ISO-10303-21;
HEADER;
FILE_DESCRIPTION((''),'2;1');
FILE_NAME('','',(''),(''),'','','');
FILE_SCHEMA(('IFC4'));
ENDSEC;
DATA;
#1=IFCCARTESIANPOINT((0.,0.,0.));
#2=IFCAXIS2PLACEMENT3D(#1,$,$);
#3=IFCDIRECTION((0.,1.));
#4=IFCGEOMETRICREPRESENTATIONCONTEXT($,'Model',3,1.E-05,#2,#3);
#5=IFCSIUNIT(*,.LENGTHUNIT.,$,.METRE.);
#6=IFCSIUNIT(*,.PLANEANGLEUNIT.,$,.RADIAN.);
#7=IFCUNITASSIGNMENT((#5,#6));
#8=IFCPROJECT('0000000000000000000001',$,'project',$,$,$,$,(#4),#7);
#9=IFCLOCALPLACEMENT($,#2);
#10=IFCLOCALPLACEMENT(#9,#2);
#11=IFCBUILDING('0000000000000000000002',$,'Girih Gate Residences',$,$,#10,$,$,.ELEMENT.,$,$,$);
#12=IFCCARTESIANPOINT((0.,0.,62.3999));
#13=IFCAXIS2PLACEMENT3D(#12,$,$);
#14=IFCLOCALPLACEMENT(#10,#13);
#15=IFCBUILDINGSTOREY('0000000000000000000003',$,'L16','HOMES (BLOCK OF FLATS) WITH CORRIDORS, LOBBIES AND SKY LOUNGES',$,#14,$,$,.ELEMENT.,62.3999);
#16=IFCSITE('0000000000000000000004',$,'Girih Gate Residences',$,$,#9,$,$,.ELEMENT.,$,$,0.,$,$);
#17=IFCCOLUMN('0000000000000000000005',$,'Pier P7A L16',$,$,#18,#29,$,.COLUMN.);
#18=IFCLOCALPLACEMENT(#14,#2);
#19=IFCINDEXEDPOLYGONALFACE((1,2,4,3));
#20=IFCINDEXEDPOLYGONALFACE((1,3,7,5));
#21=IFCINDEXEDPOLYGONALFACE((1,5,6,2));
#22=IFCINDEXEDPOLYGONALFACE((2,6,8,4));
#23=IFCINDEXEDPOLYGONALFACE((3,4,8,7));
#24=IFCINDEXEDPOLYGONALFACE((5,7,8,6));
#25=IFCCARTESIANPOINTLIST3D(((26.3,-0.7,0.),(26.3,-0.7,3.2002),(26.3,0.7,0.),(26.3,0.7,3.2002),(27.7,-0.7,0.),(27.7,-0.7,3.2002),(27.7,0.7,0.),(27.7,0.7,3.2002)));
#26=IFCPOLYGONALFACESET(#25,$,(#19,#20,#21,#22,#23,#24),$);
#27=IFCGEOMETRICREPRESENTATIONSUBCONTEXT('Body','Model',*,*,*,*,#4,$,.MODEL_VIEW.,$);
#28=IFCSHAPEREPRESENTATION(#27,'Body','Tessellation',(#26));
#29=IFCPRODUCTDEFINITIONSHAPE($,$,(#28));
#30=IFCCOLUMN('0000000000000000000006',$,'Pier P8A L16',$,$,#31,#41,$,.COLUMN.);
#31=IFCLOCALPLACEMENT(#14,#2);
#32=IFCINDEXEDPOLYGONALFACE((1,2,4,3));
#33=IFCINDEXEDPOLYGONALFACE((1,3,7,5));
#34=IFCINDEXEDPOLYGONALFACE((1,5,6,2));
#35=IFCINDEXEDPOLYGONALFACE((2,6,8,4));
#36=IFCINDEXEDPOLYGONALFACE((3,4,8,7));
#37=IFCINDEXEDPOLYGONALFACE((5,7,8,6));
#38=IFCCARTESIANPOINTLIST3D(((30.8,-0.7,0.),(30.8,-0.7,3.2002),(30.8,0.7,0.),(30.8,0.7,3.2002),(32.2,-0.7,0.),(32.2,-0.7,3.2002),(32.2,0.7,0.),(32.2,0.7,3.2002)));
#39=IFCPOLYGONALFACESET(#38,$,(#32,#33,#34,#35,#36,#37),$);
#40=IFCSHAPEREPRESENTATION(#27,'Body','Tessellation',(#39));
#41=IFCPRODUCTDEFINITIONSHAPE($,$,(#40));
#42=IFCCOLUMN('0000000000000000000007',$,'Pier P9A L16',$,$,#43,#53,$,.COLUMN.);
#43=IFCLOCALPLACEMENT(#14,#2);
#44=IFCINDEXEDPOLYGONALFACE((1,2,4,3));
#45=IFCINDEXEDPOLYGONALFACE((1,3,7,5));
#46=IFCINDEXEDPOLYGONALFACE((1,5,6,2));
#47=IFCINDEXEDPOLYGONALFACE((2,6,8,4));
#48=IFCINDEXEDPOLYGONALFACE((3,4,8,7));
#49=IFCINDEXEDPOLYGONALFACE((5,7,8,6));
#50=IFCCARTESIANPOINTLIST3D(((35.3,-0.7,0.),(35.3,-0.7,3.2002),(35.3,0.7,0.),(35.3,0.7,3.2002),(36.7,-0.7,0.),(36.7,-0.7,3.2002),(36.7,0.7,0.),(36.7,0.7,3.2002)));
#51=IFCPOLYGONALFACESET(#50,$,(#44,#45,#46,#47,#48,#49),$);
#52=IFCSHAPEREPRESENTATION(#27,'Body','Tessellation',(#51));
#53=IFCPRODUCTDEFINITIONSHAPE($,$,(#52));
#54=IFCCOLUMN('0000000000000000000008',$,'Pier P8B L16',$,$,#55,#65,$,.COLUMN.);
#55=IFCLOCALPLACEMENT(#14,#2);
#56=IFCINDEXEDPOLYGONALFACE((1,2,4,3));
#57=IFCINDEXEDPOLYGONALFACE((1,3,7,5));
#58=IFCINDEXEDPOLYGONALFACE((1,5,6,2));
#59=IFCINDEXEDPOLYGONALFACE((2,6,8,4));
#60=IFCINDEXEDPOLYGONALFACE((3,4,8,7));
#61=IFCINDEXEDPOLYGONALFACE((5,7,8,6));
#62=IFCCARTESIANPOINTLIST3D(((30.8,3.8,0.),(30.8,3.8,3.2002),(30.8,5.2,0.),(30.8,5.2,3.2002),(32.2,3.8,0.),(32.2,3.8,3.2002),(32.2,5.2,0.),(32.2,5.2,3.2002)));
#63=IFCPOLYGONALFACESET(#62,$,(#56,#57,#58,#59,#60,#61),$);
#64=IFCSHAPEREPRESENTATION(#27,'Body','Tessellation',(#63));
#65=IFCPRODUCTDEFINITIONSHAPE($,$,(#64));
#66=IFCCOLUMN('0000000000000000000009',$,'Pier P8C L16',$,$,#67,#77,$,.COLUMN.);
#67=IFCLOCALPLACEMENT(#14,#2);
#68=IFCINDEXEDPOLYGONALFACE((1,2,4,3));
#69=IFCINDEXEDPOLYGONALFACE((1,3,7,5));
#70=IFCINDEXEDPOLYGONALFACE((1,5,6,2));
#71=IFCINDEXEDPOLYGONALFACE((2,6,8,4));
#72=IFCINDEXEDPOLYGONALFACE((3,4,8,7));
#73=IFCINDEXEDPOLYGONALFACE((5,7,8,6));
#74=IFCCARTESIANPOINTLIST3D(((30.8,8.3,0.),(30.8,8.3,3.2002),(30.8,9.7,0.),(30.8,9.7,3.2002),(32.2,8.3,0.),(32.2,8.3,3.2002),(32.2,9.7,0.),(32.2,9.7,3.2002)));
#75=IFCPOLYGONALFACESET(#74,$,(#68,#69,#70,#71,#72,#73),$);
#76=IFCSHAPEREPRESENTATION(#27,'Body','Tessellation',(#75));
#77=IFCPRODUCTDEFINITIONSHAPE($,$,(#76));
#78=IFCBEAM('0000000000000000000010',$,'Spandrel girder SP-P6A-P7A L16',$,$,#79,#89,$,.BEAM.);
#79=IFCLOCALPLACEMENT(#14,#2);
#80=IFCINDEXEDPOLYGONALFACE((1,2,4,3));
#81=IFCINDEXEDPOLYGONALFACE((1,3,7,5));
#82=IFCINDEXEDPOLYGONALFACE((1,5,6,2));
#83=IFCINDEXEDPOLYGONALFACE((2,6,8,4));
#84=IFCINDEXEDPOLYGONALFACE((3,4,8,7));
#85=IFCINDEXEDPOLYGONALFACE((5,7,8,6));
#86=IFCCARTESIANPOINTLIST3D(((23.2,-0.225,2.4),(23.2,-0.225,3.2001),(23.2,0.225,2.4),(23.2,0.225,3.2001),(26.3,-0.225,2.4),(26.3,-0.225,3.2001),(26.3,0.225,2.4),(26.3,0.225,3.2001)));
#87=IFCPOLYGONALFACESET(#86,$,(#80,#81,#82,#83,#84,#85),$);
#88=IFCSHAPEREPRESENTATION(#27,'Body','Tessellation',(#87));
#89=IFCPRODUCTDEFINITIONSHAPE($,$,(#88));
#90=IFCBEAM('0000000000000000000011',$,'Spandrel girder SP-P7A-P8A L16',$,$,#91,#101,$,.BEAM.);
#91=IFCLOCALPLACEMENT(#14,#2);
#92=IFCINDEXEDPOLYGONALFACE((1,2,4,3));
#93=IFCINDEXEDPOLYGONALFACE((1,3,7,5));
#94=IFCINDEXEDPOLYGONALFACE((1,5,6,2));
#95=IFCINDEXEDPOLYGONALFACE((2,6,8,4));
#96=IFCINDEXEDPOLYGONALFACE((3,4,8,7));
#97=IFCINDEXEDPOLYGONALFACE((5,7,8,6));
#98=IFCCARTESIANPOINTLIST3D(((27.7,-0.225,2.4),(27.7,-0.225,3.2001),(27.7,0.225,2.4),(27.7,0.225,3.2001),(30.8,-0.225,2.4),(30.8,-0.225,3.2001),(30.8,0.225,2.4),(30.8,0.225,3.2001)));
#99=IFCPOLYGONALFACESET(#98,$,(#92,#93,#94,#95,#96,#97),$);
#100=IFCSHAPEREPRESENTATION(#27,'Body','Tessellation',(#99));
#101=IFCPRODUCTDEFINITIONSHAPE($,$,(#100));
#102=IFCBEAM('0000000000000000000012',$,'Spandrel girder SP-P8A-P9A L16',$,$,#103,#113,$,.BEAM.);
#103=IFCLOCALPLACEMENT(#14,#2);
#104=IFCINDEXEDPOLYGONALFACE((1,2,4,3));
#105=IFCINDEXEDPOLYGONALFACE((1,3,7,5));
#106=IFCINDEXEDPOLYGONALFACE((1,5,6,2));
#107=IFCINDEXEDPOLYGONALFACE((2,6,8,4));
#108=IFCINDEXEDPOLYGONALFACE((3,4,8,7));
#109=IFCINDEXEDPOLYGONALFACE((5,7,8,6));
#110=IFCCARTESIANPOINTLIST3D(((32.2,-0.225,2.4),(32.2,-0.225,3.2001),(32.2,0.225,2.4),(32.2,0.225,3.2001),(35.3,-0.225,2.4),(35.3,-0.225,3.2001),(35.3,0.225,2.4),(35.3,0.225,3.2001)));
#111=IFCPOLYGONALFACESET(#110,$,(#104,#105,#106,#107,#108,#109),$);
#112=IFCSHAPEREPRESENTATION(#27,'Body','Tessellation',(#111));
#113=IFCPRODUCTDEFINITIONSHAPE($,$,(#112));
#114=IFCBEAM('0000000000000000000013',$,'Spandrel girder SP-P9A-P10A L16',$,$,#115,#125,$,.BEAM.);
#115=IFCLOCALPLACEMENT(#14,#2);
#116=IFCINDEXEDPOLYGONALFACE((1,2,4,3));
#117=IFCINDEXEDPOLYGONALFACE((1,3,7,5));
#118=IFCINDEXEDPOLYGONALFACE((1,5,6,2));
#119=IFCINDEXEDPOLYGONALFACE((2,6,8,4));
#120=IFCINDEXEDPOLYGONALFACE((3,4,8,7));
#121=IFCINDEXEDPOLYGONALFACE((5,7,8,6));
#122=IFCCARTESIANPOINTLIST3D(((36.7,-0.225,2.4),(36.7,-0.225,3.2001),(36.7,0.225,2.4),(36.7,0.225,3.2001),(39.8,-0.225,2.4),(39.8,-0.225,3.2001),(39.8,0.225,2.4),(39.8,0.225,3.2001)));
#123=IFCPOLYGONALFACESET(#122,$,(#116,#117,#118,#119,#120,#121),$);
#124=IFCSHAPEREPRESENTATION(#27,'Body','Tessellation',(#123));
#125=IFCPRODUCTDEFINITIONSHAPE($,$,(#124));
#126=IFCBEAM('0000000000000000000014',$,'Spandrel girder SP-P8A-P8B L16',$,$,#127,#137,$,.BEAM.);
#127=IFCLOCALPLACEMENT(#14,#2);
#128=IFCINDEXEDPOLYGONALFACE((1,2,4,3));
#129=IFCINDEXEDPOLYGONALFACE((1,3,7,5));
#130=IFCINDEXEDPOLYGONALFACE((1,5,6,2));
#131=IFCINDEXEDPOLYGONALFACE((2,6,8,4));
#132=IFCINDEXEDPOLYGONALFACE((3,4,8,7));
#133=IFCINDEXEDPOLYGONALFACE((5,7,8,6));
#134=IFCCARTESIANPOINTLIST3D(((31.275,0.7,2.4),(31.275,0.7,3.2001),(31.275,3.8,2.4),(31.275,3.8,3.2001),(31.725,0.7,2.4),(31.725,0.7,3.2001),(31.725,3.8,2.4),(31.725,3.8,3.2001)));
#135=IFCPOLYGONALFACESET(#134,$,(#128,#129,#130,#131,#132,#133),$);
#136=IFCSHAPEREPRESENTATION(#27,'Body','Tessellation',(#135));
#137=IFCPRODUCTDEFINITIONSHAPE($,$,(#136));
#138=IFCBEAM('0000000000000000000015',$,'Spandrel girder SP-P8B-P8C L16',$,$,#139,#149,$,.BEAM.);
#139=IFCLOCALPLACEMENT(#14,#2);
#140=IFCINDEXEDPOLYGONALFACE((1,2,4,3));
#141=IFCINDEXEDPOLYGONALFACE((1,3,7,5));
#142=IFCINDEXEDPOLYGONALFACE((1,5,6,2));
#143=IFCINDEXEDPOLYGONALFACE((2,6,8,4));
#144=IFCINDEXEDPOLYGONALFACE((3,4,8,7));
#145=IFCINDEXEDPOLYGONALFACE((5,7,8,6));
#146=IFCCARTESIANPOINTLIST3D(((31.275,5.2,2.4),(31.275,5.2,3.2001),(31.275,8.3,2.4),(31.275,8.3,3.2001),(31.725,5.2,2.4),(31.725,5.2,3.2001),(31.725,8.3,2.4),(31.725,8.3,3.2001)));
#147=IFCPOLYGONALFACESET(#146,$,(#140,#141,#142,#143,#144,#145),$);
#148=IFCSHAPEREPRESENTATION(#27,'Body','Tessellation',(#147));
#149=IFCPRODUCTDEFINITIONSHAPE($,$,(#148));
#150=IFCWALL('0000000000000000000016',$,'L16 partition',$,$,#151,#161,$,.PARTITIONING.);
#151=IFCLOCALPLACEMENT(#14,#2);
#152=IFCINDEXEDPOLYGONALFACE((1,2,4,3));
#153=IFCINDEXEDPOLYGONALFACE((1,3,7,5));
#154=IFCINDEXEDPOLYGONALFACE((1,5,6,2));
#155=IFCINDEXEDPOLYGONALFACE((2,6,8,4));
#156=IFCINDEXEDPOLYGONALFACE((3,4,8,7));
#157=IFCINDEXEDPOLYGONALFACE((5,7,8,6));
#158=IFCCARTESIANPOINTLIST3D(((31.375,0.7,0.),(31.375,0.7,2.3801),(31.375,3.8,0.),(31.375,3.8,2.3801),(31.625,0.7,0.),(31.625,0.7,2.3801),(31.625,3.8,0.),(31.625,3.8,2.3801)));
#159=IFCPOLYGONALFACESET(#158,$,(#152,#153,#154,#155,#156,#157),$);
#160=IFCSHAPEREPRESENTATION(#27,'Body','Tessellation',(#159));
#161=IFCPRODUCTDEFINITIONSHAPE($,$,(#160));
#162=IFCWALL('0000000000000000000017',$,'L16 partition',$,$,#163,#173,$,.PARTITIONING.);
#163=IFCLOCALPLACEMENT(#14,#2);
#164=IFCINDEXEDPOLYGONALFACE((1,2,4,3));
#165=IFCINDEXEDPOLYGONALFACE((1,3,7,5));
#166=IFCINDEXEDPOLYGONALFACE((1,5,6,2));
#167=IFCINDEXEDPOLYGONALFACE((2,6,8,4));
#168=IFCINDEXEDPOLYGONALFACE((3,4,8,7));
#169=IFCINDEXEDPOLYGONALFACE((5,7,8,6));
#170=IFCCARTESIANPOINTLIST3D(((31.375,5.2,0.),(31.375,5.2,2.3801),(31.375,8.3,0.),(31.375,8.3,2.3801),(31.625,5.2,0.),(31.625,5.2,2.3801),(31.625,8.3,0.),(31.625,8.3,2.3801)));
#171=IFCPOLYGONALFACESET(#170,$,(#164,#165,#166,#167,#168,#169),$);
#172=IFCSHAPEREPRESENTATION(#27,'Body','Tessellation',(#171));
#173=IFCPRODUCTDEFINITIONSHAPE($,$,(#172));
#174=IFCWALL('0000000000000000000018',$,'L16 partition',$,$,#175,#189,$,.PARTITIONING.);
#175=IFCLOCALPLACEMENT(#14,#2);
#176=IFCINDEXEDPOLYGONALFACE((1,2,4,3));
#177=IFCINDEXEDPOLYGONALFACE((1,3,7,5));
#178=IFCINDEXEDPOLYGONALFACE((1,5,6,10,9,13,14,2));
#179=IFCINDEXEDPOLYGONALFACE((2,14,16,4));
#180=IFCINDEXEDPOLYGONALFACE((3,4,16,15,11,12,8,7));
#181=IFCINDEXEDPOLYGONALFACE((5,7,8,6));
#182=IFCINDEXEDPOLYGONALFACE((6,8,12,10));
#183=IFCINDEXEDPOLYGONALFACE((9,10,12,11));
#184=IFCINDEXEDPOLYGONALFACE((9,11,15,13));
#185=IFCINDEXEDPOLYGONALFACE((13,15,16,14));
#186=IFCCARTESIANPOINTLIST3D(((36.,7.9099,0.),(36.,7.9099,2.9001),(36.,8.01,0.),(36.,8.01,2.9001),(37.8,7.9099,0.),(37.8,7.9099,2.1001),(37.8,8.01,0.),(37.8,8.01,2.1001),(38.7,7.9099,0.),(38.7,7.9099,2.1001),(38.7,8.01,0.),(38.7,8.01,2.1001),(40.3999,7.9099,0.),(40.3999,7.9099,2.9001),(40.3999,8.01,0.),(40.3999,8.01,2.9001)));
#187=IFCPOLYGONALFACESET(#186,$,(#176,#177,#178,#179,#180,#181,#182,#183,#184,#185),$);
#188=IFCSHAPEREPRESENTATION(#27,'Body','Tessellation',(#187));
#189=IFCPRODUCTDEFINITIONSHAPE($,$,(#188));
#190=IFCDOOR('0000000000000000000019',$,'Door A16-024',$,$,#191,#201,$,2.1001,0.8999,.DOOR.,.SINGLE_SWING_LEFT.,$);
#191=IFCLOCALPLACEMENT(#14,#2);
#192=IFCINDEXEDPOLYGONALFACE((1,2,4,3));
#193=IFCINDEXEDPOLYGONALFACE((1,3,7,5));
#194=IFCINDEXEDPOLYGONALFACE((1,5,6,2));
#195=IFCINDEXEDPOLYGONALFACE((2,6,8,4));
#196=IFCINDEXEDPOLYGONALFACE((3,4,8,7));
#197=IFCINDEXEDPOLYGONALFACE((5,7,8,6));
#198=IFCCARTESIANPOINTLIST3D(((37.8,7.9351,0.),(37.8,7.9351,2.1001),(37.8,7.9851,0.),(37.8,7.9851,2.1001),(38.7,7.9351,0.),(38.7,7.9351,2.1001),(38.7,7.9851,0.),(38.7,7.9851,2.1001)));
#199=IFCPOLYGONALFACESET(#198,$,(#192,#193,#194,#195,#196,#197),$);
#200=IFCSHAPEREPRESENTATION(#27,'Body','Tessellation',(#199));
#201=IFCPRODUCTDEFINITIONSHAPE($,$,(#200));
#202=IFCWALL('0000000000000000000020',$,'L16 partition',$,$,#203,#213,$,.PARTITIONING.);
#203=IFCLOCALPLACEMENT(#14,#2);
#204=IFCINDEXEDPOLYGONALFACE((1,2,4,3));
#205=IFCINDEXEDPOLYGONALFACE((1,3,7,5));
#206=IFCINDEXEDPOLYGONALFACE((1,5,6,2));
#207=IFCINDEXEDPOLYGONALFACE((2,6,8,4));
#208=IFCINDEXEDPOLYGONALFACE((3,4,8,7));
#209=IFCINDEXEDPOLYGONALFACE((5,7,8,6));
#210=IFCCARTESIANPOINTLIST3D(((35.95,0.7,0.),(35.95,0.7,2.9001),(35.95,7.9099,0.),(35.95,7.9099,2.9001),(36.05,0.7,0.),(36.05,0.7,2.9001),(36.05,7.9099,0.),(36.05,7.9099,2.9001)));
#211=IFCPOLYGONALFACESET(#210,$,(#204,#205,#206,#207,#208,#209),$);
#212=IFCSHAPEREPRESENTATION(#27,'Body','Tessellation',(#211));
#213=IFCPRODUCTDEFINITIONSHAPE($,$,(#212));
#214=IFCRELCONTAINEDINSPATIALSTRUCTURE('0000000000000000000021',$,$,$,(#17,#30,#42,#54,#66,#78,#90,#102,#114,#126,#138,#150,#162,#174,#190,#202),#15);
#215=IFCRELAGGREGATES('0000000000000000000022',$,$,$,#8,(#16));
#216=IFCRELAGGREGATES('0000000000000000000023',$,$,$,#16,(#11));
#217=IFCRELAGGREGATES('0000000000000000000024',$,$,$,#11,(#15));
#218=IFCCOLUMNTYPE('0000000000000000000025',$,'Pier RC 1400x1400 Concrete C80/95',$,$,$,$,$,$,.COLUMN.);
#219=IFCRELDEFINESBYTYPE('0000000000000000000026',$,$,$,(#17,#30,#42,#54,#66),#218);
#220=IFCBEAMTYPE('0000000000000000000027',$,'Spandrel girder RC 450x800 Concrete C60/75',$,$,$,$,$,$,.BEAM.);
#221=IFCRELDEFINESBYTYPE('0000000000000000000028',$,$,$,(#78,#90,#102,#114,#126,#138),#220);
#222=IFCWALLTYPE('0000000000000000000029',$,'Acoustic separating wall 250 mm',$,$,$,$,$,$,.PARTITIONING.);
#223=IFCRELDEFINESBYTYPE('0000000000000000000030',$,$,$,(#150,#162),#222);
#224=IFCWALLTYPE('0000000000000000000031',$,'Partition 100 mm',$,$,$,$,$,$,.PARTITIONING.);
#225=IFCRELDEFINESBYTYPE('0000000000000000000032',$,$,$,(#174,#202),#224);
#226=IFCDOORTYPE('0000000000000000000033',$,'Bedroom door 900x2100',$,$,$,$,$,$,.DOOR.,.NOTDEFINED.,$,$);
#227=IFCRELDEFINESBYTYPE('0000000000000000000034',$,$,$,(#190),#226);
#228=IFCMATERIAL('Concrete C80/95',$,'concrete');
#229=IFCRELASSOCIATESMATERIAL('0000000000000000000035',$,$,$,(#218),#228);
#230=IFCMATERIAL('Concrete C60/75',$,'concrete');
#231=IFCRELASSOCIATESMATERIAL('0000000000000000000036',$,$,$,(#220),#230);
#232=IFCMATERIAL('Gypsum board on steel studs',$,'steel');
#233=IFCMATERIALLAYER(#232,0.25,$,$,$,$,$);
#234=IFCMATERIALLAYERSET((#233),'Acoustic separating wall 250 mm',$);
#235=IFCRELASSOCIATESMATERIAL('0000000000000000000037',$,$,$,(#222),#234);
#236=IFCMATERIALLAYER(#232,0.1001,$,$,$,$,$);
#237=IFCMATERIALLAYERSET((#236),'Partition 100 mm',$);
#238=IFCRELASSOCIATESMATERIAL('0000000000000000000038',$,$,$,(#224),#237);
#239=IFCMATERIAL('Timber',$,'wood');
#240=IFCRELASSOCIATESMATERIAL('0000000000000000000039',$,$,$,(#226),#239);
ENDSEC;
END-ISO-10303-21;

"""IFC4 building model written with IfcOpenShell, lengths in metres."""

from ifc_helpers import new_model, si_unit, direction, frame, frame_2d, origin, origin_2d, place, context, subcontext, project, spatial, rectangle, extrude, material, layer, layer_set, material_profile, profile_set, type_object, element, fill, save


model = new_model("IFC4")

# Units and contexts
model_context = context("Model", 3, precision=1e-05, world=origin(), true_north=direction((0.0, 1.0)))
body_context = subcontext(model_context, "Body", "Model", "MODEL_VIEW")
ifc_project = project(units=[si_unit("LENGTHUNIT", "METRE"), si_unit("PLANEANGLEUNIT", "RADIAN")], contexts=[model_context])

# Site, building, storey
site_placement = place(None, origin())
site = spatial("IfcSite", under=ifc_project, at=site_placement, Name="Girih Gate Residences", CompositionType="ELEMENT", RefElevation=0.0)
building_placement = place(site_placement, origin())
building = spatial("IfcBuilding", under=site, at=building_placement, Name="Girih Gate Residences", CompositionType="ELEMENT")
storey_placement = place(building_placement, frame((0.0, 0.0, 62.3999)))
storey = spatial("IfcBuildingStorey", under=building, at=storey_placement, Name="L16", Description="HOMES (BLOCK OF FLATS) WITH CORRIDORS, LOBBIES AND SKY LOUNGES", CompositionType="ELEMENT", Elevation=62.3999)

# Columns
ifc_material_1 = material(Name="Concrete C80/95", Category="concrete")
ifc_material_profile_1 = material_profile(ifc_material_1, rectangle(XDim=1.3999, YDim=1.3999, at=origin_2d()))
ifc_profile_set_1 = profile_set([ifc_material_profile_1], Name="Concrete C80/95")
column_type = type_object("IfcColumnType", Name="Pier RC 1400x1400 Concrete C80/95", PredefinedType="COLUMN", material=ifc_profile_set_1)
for number, where, z_axis, x_axis, name in (
    (1, (27.0, 0.0, 0.0), (0.0, 0.0, 1.0), (1.0, 0.0, 0.0), "Pier P7A L16"),
    (2, (31.5, 0.0, 0.0), (0.0, 0.0, 1.0), (1.0, 0.0, 0.0), "Pier P8A L16"),
    (3, (36.0, 0.0, 0.0), (0.0, 0.0, 1.0), (1.0, 0.0, 0.0), "Pier P9A L16"),
    (4, (31.5, 4.5, 0.0), (0.0, 0.0, 1.0), (1.0, 0.0, 0.0), "Pier P8B L16"),
    (5, (31.5, 9.0, 0.0), (0.0, 0.0, 1.0), (1.0, 0.0, 0.0), "Pier P8C L16"),
):
    element("IfcColumn", number, at=place(storey_placement, frame(where, z_axis=z_axis, x_axis=x_axis)), inside=storey, type_object=column_type, Name=name, PredefinedType="COLUMN", context=body_context, shape_type="SweptSolid", body=[
        extrude(rectangle(XDim=1.3999, YDim=1.3999, at=origin_2d()), origin(), (0.0, 0.0, 1.0), 3.2002),
    ])

# Beams
ifc_material_2 = material(Name="Concrete C60/75", Category="concrete")
ifc_material_profile_2 = material_profile(ifc_material_2, rectangle(XDim=0.45, YDim=0.8, at=origin_2d()))
ifc_profile_set_2 = profile_set([ifc_material_profile_2], Name="Concrete C60/75")
beam_type = type_object("IfcBeamType", Name="Spandrel girder RC 450x800 Concrete C60/75", PredefinedType="BEAM", material=ifc_profile_set_2)
for number, where, z_axis, x_axis, name in (
    (6, (23.2, 0.0, 2.8), (1.0, 0.0, 0.0), (0.0, 1.0, 0.0), "Spandrel girder SP-P6A-P7A L16"),
    (7, (27.7, 0.0, 2.8), (1.0, 0.0, 0.0), (0.0, 1.0, 0.0), "Spandrel girder SP-P7A-P8A L16"),
    (8, (32.2, 0.0, 2.8), (1.0, 0.0, 0.0), (0.0, 1.0, 0.0), "Spandrel girder SP-P8A-P9A L16"),
    (9, (36.7, 0.0, 2.8), (1.0, 0.0, 0.0), (0.0, 1.0, 0.0), "Spandrel girder SP-P9A-P10A L16"),
    (10, (31.5, 0.7, 2.8), (0.0, 1.0, 0.0), (-1.0, 0.0, 0.0), "Spandrel girder SP-P8A-P8B L16"),
    (11, (31.5, 5.2, 2.8), (0.0, 1.0, 0.0), (-1.0, 0.0, 0.0), "Spandrel girder SP-P8B-P8C L16"),
):
    element("IfcBeam", number, at=place(storey_placement, frame(where, z_axis=z_axis, x_axis=x_axis)), inside=storey, type_object=beam_type, Name=name, PredefinedType="BEAM", context=body_context, shape_type="SweptSolid", body=[
        extrude(rectangle(XDim=0.45, YDim=0.8, at=origin_2d()), origin(), (0.0, 0.0, 1.0), 3.1001),
    ])

# Walls
ifc_material_3 = material(Name="Gypsum board on steel studs", Category="steel")
ifc_layer_1 = layer(ifc_material_3, 0.25)
ifc_layer_set_1 = layer_set([ifc_layer_1], Name="Acoustic separating wall 250 mm")
wall_type_1 = type_object("IfcWallType", Name="Acoustic separating wall 250 mm", PredefinedType="PARTITIONING", material=ifc_layer_set_1)
for number, where, z_axis, x_axis, name in (
    (12, (31.5, 0.7, 0.0), (0.0, 0.0, 1.0), (0.0, 1.0, 0.0), "L16 partition"),
    (13, (31.5, 5.2, 0.0), (0.0, 0.0, 1.0), (0.0, 1.0, 0.0), "L16 partition"),
):
    element("IfcWall", number, at=place(storey_placement, frame(where, z_axis=z_axis, x_axis=x_axis)), inside=storey, type_object=wall_type_1, Name=name, PredefinedType="PARTITIONING", context=body_context, shape_type="SweptSolid", body=[
        extrude(rectangle(XDim=3.1001, YDim=0.25, at=frame_2d((1.55, 0.0))), origin(), (0.0, 0.0, 1.0), 2.3801),
    ])

# Wall, opening, door
ifc_layer_2 = layer(ifc_material_3, 0.1001)
ifc_layer_set_2 = layer_set([ifc_layer_2], Name="Partition 100 mm")
wall_type_2 = type_object("IfcWallType", Name="Partition 100 mm", PredefinedType="PARTITIONING", material=ifc_layer_set_2)
wall_1_placement = place(storey_placement, frame((40.3999, 7.96, 0.0), z_axis=(0.0, 0.0, 1.0), x_axis=(-1.0, 0.0, 0.0)))
wall_1 = element("IfcWall", 14, at=wall_1_placement, inside=storey, type_object=wall_type_2, Name="L16 partition", PredefinedType="PARTITIONING", context=body_context, shape_type="SweptSolid", body=[
    extrude(rectangle(XDim=4.3999, YDim=0.1001, at=frame_2d((2.2, 0.0))), origin(), (0.0, 0.0, 1.0), 2.9001),
])
opening_1_placement = place(wall_1_placement, frame((1.7, 0.0, 0.0)))
opening_1 = element("IfcOpeningElement", 15, at=opening_1_placement, cuts=wall_1, PredefinedType="OPENING", context=body_context, shape_type="SweptSolid", body=[
    extrude(rectangle(XDim=0.8999, YDim=2.1001, at=frame_2d((0.45, 1.05))), frame((0.0, 0.0601, 0.0), z_axis=(0.0, -1.0, 0.0), x_axis=(1.0, 0.0, 0.0)), (0.0, 0.0, 1.0), 0.1201),
])
ifc_material_4 = material(Name="Timber", Category="wood")
door_type_1 = type_object("IfcDoorType", Name="Bedroom door 900x2100", OperationType="NOTDEFINED", PredefinedType="DOOR", material=ifc_material_4)
door_1_placement = place(opening_1_placement, origin())
door_1 = element("IfcDoor", 16, at=door_1_placement, inside=storey, type_object=door_type_1, Name="Door A16-024", OperationType="SINGLE_SWING_LEFT", OverallHeight=2.1001, OverallWidth=0.8999, PredefinedType="DOOR", context=body_context, shape_type="SweptSolid", body=[
    extrude(rectangle(XDim=0.8999, YDim=2.1001, at=frame_2d((0.45, 1.05))), frame((0.0, 0.0249, 0.0), z_axis=(0.0, -1.0, 0.0), x_axis=(1.0, 0.0, 0.0)), (0.0, 0.0, 1.0), 0.05),
])
fill(opening_1, door_1)

# Wall
wall_2_placement = place(storey_placement, frame((36.0, 0.7, 0.0), z_axis=(0.0, 0.0, 1.0), x_axis=(0.0, 1.0, 0.0)))
element("IfcWall", 17, at=wall_2_placement, inside=storey, type_object=wall_type_2, Name="L16 partition", PredefinedType="PARTITIONING", context=body_context, shape_type="SweptSolid", body=[
    extrude(rectangle(XDim=7.21, YDim=0.1001, at=frame_2d((3.605, 0.0))), origin(), (0.0, 0.0, 1.0), 2.9001),
])

save(model, "model.ifc")
